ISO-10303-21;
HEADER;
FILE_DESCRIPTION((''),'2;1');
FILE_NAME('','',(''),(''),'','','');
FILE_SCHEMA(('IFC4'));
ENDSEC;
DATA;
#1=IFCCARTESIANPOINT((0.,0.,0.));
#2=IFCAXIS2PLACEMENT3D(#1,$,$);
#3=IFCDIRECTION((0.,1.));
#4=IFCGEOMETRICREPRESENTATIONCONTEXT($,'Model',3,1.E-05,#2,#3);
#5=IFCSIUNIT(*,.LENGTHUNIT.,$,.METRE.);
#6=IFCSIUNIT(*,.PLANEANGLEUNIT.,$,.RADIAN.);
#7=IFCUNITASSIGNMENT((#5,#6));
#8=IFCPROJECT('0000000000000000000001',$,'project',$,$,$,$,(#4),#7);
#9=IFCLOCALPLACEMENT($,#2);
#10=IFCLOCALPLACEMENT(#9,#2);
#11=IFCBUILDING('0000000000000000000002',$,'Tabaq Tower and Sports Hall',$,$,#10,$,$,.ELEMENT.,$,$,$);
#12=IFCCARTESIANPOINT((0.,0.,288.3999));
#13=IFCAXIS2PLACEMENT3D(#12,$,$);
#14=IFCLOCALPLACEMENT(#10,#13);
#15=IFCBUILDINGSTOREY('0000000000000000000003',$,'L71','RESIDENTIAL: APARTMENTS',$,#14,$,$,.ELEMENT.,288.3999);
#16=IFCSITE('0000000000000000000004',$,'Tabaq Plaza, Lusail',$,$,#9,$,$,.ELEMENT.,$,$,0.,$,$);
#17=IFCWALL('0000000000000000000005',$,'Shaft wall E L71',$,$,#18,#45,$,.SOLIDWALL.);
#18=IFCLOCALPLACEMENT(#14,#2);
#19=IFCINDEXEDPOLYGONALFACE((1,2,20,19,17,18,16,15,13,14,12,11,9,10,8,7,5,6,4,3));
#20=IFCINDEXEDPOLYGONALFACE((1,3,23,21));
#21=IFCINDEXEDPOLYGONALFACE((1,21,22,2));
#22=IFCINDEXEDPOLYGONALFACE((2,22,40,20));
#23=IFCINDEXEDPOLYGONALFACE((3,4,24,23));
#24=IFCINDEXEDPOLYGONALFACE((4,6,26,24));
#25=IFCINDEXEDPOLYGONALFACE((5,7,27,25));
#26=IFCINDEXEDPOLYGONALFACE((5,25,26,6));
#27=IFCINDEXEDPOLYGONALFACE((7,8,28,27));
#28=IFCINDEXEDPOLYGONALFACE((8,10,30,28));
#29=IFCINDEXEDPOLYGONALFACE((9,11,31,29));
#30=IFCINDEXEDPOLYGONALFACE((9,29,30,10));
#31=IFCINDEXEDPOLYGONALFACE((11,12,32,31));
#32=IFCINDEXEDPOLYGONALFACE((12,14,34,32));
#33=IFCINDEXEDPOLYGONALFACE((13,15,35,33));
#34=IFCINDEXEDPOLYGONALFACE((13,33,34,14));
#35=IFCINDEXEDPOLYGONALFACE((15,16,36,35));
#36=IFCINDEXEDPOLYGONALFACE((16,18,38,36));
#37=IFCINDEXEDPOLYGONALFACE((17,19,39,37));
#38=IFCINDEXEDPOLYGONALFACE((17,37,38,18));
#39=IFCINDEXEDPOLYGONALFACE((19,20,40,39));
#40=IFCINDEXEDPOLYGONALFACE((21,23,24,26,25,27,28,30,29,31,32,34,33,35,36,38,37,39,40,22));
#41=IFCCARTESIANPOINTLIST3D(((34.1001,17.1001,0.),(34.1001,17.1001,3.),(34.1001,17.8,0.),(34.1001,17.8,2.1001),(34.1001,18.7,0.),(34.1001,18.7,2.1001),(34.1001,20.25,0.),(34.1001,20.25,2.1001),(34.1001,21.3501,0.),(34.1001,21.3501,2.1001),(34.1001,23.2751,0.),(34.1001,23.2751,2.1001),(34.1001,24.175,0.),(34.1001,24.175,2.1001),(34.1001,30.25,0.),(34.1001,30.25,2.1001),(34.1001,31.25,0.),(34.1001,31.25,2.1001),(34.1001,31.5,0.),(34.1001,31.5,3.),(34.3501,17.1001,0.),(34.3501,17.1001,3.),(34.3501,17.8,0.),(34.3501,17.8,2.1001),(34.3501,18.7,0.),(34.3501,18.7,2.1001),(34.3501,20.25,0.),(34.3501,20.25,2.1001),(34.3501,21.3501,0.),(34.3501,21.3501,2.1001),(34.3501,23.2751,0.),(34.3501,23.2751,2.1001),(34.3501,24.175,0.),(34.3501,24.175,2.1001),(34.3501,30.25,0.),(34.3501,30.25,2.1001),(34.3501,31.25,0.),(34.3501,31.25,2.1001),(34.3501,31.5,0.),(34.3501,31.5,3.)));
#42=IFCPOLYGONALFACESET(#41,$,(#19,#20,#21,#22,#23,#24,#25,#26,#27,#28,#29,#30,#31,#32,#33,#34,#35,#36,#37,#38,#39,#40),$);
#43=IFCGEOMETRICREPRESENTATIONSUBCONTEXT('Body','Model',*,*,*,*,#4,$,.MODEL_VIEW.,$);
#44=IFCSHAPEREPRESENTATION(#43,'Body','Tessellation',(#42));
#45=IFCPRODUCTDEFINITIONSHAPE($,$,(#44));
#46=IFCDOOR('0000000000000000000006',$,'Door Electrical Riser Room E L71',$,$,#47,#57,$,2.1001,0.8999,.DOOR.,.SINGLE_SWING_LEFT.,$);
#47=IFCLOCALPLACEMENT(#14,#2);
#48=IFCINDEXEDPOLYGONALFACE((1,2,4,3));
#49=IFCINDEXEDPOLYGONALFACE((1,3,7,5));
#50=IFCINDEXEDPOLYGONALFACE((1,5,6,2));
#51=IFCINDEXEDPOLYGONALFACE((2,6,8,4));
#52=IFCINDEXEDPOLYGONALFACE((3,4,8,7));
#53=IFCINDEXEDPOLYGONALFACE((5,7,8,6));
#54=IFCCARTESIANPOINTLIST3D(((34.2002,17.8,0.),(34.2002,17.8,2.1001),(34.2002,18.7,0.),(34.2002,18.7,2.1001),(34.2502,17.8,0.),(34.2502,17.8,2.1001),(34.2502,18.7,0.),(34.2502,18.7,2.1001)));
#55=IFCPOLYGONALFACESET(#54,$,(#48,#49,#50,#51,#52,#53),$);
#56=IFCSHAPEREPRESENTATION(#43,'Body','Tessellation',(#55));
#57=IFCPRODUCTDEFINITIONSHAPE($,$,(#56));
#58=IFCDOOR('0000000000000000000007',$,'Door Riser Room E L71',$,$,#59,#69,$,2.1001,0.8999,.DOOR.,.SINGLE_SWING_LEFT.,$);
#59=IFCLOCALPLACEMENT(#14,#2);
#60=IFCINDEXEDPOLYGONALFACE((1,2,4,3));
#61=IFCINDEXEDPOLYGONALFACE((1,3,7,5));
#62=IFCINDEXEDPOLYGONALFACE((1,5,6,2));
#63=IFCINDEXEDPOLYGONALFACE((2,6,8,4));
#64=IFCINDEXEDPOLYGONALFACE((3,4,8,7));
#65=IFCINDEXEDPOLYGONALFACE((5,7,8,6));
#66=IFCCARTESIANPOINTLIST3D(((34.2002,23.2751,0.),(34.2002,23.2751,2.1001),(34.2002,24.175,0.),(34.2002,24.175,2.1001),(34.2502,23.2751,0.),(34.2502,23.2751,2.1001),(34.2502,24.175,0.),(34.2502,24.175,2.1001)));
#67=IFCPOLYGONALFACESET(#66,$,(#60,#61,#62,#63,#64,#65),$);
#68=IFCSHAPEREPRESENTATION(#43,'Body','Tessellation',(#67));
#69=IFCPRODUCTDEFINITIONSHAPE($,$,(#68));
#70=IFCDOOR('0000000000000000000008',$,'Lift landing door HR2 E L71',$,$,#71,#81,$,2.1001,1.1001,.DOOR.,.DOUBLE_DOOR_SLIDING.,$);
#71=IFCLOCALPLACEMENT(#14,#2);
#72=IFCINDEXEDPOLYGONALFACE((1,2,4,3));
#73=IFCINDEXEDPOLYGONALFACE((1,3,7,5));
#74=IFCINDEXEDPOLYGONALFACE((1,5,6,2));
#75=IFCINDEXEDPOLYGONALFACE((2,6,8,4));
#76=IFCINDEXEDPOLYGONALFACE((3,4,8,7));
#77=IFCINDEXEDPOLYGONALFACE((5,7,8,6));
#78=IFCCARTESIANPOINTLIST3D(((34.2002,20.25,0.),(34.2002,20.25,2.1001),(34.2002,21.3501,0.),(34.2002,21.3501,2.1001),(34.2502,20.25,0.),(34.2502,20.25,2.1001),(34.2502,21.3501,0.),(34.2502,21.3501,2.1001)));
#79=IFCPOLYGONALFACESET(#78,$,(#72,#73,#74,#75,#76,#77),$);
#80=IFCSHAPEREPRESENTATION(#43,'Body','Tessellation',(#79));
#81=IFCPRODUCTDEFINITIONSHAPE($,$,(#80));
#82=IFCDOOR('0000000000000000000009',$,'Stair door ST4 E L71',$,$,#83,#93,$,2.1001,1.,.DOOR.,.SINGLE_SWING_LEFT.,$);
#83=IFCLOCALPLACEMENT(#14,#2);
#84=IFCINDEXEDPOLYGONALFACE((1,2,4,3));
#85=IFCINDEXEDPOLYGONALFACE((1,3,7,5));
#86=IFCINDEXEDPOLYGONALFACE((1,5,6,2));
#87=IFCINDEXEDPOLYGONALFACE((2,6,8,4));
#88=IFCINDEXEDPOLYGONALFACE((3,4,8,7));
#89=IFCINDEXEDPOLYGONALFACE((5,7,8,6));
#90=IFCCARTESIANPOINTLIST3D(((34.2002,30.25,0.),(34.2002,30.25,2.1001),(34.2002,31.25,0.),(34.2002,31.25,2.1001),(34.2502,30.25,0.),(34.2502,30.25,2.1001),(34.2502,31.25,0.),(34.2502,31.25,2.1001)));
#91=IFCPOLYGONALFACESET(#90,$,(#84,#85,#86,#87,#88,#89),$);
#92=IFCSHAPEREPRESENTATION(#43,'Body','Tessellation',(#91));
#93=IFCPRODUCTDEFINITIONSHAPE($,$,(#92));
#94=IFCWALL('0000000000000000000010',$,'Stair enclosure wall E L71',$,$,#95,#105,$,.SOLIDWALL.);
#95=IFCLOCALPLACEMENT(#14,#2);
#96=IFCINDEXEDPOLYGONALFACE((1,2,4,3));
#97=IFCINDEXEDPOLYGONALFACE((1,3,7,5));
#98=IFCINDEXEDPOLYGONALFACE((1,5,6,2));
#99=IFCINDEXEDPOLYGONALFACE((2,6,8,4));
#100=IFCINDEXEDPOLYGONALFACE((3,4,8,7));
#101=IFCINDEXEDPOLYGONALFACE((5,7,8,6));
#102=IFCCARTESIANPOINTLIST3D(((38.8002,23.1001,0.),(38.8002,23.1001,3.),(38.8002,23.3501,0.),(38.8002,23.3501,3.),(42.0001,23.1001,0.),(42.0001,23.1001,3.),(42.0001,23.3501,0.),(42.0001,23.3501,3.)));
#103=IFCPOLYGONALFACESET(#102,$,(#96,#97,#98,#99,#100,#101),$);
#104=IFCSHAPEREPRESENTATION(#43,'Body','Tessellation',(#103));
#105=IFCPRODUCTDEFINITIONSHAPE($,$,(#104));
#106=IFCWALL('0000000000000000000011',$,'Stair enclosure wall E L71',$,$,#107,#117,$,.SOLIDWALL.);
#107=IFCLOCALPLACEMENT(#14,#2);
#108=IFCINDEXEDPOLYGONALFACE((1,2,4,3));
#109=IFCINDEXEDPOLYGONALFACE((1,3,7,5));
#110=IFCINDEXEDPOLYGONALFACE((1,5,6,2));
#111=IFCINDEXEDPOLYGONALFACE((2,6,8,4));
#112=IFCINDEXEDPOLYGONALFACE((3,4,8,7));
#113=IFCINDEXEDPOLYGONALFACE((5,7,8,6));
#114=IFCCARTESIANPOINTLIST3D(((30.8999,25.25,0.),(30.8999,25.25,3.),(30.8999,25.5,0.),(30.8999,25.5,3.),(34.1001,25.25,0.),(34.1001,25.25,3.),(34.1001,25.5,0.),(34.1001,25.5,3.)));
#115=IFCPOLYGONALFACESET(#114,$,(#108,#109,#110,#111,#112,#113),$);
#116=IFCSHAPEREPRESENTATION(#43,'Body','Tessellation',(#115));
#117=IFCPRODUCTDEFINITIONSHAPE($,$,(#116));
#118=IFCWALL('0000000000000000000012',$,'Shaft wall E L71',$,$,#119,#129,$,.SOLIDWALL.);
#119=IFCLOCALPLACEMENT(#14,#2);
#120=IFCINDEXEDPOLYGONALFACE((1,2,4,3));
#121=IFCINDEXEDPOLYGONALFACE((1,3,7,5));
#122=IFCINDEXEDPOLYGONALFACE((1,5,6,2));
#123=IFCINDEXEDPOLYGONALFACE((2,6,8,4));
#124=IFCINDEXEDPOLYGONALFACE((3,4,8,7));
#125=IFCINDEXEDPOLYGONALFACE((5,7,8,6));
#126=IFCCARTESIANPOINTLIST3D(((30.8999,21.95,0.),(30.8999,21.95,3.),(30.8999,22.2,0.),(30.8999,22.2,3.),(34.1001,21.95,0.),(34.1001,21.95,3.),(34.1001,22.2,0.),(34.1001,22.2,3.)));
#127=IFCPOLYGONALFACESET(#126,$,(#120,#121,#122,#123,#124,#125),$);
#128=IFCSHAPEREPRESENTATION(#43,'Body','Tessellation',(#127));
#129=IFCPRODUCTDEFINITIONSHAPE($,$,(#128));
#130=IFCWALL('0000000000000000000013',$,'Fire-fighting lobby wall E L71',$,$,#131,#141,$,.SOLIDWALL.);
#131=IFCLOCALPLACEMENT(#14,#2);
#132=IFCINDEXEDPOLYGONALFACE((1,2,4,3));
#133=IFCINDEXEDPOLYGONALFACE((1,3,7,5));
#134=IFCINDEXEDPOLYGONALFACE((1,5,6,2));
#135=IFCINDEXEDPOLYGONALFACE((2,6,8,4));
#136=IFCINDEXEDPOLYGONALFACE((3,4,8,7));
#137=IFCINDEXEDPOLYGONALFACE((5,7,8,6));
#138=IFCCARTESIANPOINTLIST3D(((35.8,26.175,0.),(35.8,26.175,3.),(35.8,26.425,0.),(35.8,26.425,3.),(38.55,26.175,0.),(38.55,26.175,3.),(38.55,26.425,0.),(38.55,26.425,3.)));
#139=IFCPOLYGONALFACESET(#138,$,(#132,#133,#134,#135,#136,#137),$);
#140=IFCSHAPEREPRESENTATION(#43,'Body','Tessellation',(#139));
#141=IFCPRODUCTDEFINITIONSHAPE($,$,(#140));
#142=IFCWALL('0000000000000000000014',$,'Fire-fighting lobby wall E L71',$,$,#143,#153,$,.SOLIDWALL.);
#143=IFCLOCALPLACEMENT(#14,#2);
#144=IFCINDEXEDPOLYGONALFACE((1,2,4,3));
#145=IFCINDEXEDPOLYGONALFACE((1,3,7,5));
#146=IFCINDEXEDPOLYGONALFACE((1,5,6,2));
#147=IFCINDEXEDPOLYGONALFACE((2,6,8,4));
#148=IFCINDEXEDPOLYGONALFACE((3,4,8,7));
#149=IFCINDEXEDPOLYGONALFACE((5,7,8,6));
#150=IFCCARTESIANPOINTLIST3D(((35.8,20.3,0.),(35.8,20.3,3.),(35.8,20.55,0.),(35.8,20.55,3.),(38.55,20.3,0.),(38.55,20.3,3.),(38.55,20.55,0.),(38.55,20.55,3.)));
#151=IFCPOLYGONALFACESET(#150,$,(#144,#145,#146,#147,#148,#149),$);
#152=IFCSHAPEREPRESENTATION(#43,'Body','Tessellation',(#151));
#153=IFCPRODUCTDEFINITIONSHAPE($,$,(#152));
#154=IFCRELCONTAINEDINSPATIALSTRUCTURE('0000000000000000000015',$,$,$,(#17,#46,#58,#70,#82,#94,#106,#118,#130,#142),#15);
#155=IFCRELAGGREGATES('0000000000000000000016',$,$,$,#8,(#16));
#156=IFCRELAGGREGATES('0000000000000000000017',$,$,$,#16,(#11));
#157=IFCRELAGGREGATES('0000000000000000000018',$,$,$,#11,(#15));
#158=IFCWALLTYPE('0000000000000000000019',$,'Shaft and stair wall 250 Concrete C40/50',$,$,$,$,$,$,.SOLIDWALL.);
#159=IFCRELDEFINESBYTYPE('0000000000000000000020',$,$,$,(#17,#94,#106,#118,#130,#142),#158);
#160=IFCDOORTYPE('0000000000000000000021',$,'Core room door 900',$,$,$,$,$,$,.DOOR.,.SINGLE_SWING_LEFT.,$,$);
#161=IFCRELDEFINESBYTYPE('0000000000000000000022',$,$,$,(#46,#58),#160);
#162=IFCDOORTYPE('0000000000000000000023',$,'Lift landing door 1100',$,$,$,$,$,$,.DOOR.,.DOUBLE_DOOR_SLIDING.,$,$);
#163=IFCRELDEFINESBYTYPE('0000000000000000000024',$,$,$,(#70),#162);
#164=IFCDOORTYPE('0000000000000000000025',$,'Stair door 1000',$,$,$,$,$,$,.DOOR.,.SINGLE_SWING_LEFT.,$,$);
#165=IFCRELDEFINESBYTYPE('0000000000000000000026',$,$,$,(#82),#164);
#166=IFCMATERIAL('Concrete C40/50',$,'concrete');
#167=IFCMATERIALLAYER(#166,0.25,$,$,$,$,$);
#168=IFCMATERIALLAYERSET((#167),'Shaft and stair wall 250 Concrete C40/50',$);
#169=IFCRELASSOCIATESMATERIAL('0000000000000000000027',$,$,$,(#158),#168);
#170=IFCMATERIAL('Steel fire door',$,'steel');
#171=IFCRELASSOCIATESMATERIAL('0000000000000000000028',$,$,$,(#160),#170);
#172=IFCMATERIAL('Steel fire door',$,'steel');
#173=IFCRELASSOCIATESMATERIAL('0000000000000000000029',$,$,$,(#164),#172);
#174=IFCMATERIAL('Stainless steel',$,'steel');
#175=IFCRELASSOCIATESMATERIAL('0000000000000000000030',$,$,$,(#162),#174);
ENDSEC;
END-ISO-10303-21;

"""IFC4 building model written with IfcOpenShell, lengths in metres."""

from ifc_helpers import new_model, si_unit, direction, frame, frame_2d, origin, place, context, subcontext, project, spatial, rectangle, extrude, material, layer, layer_set, type_object, element, fill, save


model = new_model("IFC4")

# Units and contexts
model_context = context("Model", 3, precision=1e-05, world=origin(), true_north=direction((0.0, 1.0)))
body_context = subcontext(model_context, "Body", "Model", "MODEL_VIEW")
ifc_project = project(units=[si_unit("LENGTHUNIT", "METRE"), si_unit("PLANEANGLEUNIT", "RADIAN")], contexts=[model_context])

# Site, building, storey
site_placement = place(None, origin())
site = spatial("IfcSite", under=ifc_project, at=site_placement, Name="Tabaq Plaza, Lusail", CompositionType="ELEMENT", RefElevation=0.0)
building_placement = place(site_placement, origin())
building = spatial("IfcBuilding", under=site, at=building_placement, Name="Tabaq Tower and Sports Hall", CompositionType="ELEMENT")
storey_placement = place(building_placement, frame((0.0, 0.0, 288.3999)))
storey = spatial("IfcBuildingStorey", under=building, at=storey_placement, Name="L71", Description="RESIDENTIAL: APARTMENTS", CompositionType="ELEMENT", Elevation=288.3999)

# Wall, openings, doors
ifc_material_1 = material(Name="Concrete C40/50", Category="concrete")
ifc_layer_1 = layer(ifc_material_1, 0.25)
ifc_layer_set_1 = layer_set([ifc_layer_1], Name="Shaft and stair wall 250 Concrete C40/50")
wall_type_1 = type_object("IfcWallType", Name="Shaft and stair wall 250 Concrete C40/50", PredefinedType="SOLIDWALL", material=ifc_layer_set_1)
ifc_material_2 = material(Name="Steel fire door", Category="steel")
door_type_1 = type_object("IfcDoorType", Name="Core room door 900", OperationType="SINGLE_SWING_LEFT", PredefinedType="DOOR", material=ifc_material_2)
ifc_material_3 = material(Name="Steel fire door", Category="steel")
door_type_2 = type_object("IfcDoorType", Name="Stair door 1000", OperationType="SINGLE_SWING_LEFT", PredefinedType="DOOR", material=ifc_material_3)
wall_1_placement = place(storey_placement, frame((34.2251, 17.1001, 0.0), z_axis=(0.0, 0.0, 1.0), x_axis=(0.0, 1.0, 0.0)))
wall_1 = element("IfcWall", 1, at=wall_1_placement, inside=storey, type_object=wall_type_1, Name="Shaft wall E L71", PredefinedType="SOLIDWALL", context=body_context, shape_type="SweptSolid", body=[
    extrude(rectangle(XDim=14.3999, YDim=0.25, at=frame_2d((7.2, 0.0))), origin(), (0.0, 0.0, 1.0), 3.0),
])
opening_1_placement = place(wall_1_placement, frame((13.1499, 0.0, 0.0)))
opening_1 = element("IfcOpeningElement", 2, at=opening_1_placement, cuts=wall_1, PredefinedType="OPENING", context=body_context, shape_type="SweptSolid", body=[
    extrude(rectangle(XDim=1.0, YDim=2.1001, at=frame_2d((0.5, 1.05))), frame((0.0, 0.125, 0.0), z_axis=(0.0, -1.0, 0.0), x_axis=(1.0, 0.0, 0.0)), (0.0, 0.0, 1.0), 0.25),
])
opening_2_placement = place(wall_1_placement, frame((3.1499, 0.0, 0.0)))
opening_2 = element("IfcOpeningElement", 3, at=opening_2_placement, cuts=wall_1, PredefinedType="OPENING", context=body_context, shape_type="SweptSolid", body=[
    extrude(rectangle(XDim=1.1001, YDim=2.1001, at=frame_2d((0.55, 1.05))), frame((0.0, 0.125, 0.0), z_axis=(0.0, -1.0, 0.0), x_axis=(1.0, 0.0, 0.0)), (0.0, 0.0, 1.0), 0.25),
])
opening_3_placement = place(wall_1_placement, frame((0.7, 0.0, 0.0)))
opening_3 = element("IfcOpeningElement", 4, at=opening_3_placement, cuts=wall_1, PredefinedType="OPENING", context=body_context, shape_type="SweptSolid", body=[
    extrude(rectangle(XDim=0.8999, YDim=2.1001, at=frame_2d((0.45, 1.05))), frame((0.0, 0.125, 0.0), z_axis=(0.0, -1.0, 0.0), x_axis=(1.0, 0.0, 0.0)), (0.0, 0.0, 1.0), 0.25),
])
opening_4_placement = place(wall_1_placement, frame((6.175, 0.0, 0.0)))
opening_4 = element("IfcOpeningElement", 5, at=opening_4_placement, cuts=wall_1, PredefinedType="OPENING", context=body_context, shape_type="SweptSolid", body=[
    extrude(rectangle(XDim=0.8999, YDim=2.1001, at=frame_2d((0.45, 1.05))), frame((0.0, 0.125, 0.0), z_axis=(0.0, -1.0, 0.0), x_axis=(1.0, 0.0, 0.0)), (0.0, 0.0, 1.0), 0.25),
])
door_1_placement = place(opening_3_placement, origin())
door_1 = element("IfcDoor", 6, at=door_1_placement, inside=storey, type_object=door_type_1, Name="Door Electrical Riser Room E L71", OperationType="SINGLE_SWING_LEFT", OverallHeight=2.1001, OverallWidth=0.8999, PredefinedType="DOOR", context=body_context, shape_type="SweptSolid", body=[
    extrude(rectangle(XDim=0.8999, YDim=2.1001, at=frame_2d((0.45, 1.05))), frame((0.0, 0.0249, 0.0), z_axis=(0.0, -1.0, 0.0), x_axis=(1.0, 0.0, 0.0)), (0.0, 0.0, 1.0), 0.05),
])
fill(opening_3, door_1)
door_2_placement = place(opening_4_placement, origin())
door_2 = element("IfcDoor", 7, at=door_2_placement, inside=storey, type_object=door_type_1, Name="Door Riser Room E L71", OperationType="SINGLE_SWING_LEFT", OverallHeight=2.1001, OverallWidth=0.8999, PredefinedType="DOOR", context=body_context, shape_type="SweptSolid", body=[
    extrude(rectangle(XDim=0.8999, YDim=2.1001, at=frame_2d((0.45, 1.05))), frame((0.0, 0.0249, 0.0), z_axis=(0.0, -1.0, 0.0), x_axis=(1.0, 0.0, 0.0)), (0.0, 0.0, 1.0), 0.05),
])
fill(opening_4, door_2)
ifc_material_4 = material(Name="Stainless steel", Category="steel")
door_type_3 = type_object("IfcDoorType", Name="Lift landing door 1100", OperationType="DOUBLE_DOOR_SLIDING", PredefinedType="DOOR", material=ifc_material_4)
door_3_placement = place(opening_2_placement, origin())
door_3 = element("IfcDoor", 8, at=door_3_placement, inside=storey, type_object=door_type_3, Name="Lift landing door HR2 E L71", OperationType="DOUBLE_DOOR_SLIDING", OverallHeight=2.1001, OverallWidth=1.1001, PredefinedType="DOOR", context=body_context, shape_type="SweptSolid", body=[
    extrude(rectangle(XDim=1.1001, YDim=2.1001, at=frame_2d((0.55, 1.05))), frame((0.0, 0.0249, 0.0), z_axis=(0.0, -1.0, 0.0), x_axis=(1.0, 0.0, 0.0)), (0.0, 0.0, 1.0), 0.05),
])
fill(opening_2, door_3)
door_4_placement = place(opening_1_placement, origin())
door_4 = element("IfcDoor", 9, at=door_4_placement, inside=storey, type_object=door_type_2, Name="Stair door ST4 E L71", OperationType="SINGLE_SWING_LEFT", OverallHeight=2.1001, OverallWidth=1.0, PredefinedType="DOOR", context=body_context, shape_type="SweptSolid", body=[
    extrude(rectangle(XDim=1.0, YDim=2.1001, at=frame_2d((0.5, 1.05))), frame((0.0, 0.0249, 0.0), z_axis=(0.0, -1.0, 0.0), x_axis=(1.0, 0.0, 0.0)), (0.0, 0.0, 1.0), 0.05),
])
fill(opening_1, door_4)

# Walls
wall_2_placement = place(storey_placement, frame((38.8, 23.2251, 0.0), z_axis=(0.0, 0.0, 1.0), x_axis=(1.0, 0.0, 0.0)))
element("IfcWall", 10, at=wall_2_placement, inside=storey, type_object=wall_type_1, Name="Stair enclosure wall E L71", PredefinedType="SOLIDWALL", context=body_context, shape_type="SweptSolid", body=[
    extrude(rectangle(XDim=3.2, YDim=0.25, at=frame_2d((1.6001, 0.0))), origin(), (0.0, 0.0, 1.0), 3.0),
])
for number, where, z_axis, x_axis, name in (
    (11, (30.8999, 25.375, 0.0), (0.0, 0.0, 1.0), (1.0, 0.0, 0.0), "Stair enclosure wall E L71"),
    (12, (30.8999, 22.075, 0.0), (0.0, 0.0, 1.0), (1.0, 0.0, 0.0), "Shaft wall E L71"),
):
    element("IfcWall", number, at=place(storey_placement, frame(where, z_axis=z_axis, x_axis=x_axis)), inside=storey, type_object=wall_type_1, Name=name, PredefinedType="SOLIDWALL", context=body_context, shape_type="SweptSolid", body=[
        extrude(rectangle(XDim=3.2002, YDim=0.25, at=frame_2d((1.6001, 0.0))), origin(), (0.0, 0.0, 1.0), 3.0),
    ])
for number, where, z_axis, x_axis, name in (
    (13, (35.8, 26.3, 0.0), (0.0, 0.0, 1.0), (1.0, 0.0, 0.0), "Fire-fighting lobby wall E L71"),
    (14, (35.8, 20.425, 0.0), (0.0, 0.0, 1.0), (1.0, 0.0, 0.0), "Fire-fighting lobby wall E L71"),
):
    element("IfcWall", number, at=place(storey_placement, frame(where, z_axis=z_axis, x_axis=x_axis)), inside=storey, type_object=wall_type_1, Name=name, PredefinedType="SOLIDWALL", context=body_context, shape_type="SweptSolid", body=[
        extrude(rectangle(XDim=2.75, YDim=0.25, at=frame_2d((1.375, 0.0))), origin(), (0.0, 0.0, 1.0), 3.0),
    ])

save(model, "model.ifc")
